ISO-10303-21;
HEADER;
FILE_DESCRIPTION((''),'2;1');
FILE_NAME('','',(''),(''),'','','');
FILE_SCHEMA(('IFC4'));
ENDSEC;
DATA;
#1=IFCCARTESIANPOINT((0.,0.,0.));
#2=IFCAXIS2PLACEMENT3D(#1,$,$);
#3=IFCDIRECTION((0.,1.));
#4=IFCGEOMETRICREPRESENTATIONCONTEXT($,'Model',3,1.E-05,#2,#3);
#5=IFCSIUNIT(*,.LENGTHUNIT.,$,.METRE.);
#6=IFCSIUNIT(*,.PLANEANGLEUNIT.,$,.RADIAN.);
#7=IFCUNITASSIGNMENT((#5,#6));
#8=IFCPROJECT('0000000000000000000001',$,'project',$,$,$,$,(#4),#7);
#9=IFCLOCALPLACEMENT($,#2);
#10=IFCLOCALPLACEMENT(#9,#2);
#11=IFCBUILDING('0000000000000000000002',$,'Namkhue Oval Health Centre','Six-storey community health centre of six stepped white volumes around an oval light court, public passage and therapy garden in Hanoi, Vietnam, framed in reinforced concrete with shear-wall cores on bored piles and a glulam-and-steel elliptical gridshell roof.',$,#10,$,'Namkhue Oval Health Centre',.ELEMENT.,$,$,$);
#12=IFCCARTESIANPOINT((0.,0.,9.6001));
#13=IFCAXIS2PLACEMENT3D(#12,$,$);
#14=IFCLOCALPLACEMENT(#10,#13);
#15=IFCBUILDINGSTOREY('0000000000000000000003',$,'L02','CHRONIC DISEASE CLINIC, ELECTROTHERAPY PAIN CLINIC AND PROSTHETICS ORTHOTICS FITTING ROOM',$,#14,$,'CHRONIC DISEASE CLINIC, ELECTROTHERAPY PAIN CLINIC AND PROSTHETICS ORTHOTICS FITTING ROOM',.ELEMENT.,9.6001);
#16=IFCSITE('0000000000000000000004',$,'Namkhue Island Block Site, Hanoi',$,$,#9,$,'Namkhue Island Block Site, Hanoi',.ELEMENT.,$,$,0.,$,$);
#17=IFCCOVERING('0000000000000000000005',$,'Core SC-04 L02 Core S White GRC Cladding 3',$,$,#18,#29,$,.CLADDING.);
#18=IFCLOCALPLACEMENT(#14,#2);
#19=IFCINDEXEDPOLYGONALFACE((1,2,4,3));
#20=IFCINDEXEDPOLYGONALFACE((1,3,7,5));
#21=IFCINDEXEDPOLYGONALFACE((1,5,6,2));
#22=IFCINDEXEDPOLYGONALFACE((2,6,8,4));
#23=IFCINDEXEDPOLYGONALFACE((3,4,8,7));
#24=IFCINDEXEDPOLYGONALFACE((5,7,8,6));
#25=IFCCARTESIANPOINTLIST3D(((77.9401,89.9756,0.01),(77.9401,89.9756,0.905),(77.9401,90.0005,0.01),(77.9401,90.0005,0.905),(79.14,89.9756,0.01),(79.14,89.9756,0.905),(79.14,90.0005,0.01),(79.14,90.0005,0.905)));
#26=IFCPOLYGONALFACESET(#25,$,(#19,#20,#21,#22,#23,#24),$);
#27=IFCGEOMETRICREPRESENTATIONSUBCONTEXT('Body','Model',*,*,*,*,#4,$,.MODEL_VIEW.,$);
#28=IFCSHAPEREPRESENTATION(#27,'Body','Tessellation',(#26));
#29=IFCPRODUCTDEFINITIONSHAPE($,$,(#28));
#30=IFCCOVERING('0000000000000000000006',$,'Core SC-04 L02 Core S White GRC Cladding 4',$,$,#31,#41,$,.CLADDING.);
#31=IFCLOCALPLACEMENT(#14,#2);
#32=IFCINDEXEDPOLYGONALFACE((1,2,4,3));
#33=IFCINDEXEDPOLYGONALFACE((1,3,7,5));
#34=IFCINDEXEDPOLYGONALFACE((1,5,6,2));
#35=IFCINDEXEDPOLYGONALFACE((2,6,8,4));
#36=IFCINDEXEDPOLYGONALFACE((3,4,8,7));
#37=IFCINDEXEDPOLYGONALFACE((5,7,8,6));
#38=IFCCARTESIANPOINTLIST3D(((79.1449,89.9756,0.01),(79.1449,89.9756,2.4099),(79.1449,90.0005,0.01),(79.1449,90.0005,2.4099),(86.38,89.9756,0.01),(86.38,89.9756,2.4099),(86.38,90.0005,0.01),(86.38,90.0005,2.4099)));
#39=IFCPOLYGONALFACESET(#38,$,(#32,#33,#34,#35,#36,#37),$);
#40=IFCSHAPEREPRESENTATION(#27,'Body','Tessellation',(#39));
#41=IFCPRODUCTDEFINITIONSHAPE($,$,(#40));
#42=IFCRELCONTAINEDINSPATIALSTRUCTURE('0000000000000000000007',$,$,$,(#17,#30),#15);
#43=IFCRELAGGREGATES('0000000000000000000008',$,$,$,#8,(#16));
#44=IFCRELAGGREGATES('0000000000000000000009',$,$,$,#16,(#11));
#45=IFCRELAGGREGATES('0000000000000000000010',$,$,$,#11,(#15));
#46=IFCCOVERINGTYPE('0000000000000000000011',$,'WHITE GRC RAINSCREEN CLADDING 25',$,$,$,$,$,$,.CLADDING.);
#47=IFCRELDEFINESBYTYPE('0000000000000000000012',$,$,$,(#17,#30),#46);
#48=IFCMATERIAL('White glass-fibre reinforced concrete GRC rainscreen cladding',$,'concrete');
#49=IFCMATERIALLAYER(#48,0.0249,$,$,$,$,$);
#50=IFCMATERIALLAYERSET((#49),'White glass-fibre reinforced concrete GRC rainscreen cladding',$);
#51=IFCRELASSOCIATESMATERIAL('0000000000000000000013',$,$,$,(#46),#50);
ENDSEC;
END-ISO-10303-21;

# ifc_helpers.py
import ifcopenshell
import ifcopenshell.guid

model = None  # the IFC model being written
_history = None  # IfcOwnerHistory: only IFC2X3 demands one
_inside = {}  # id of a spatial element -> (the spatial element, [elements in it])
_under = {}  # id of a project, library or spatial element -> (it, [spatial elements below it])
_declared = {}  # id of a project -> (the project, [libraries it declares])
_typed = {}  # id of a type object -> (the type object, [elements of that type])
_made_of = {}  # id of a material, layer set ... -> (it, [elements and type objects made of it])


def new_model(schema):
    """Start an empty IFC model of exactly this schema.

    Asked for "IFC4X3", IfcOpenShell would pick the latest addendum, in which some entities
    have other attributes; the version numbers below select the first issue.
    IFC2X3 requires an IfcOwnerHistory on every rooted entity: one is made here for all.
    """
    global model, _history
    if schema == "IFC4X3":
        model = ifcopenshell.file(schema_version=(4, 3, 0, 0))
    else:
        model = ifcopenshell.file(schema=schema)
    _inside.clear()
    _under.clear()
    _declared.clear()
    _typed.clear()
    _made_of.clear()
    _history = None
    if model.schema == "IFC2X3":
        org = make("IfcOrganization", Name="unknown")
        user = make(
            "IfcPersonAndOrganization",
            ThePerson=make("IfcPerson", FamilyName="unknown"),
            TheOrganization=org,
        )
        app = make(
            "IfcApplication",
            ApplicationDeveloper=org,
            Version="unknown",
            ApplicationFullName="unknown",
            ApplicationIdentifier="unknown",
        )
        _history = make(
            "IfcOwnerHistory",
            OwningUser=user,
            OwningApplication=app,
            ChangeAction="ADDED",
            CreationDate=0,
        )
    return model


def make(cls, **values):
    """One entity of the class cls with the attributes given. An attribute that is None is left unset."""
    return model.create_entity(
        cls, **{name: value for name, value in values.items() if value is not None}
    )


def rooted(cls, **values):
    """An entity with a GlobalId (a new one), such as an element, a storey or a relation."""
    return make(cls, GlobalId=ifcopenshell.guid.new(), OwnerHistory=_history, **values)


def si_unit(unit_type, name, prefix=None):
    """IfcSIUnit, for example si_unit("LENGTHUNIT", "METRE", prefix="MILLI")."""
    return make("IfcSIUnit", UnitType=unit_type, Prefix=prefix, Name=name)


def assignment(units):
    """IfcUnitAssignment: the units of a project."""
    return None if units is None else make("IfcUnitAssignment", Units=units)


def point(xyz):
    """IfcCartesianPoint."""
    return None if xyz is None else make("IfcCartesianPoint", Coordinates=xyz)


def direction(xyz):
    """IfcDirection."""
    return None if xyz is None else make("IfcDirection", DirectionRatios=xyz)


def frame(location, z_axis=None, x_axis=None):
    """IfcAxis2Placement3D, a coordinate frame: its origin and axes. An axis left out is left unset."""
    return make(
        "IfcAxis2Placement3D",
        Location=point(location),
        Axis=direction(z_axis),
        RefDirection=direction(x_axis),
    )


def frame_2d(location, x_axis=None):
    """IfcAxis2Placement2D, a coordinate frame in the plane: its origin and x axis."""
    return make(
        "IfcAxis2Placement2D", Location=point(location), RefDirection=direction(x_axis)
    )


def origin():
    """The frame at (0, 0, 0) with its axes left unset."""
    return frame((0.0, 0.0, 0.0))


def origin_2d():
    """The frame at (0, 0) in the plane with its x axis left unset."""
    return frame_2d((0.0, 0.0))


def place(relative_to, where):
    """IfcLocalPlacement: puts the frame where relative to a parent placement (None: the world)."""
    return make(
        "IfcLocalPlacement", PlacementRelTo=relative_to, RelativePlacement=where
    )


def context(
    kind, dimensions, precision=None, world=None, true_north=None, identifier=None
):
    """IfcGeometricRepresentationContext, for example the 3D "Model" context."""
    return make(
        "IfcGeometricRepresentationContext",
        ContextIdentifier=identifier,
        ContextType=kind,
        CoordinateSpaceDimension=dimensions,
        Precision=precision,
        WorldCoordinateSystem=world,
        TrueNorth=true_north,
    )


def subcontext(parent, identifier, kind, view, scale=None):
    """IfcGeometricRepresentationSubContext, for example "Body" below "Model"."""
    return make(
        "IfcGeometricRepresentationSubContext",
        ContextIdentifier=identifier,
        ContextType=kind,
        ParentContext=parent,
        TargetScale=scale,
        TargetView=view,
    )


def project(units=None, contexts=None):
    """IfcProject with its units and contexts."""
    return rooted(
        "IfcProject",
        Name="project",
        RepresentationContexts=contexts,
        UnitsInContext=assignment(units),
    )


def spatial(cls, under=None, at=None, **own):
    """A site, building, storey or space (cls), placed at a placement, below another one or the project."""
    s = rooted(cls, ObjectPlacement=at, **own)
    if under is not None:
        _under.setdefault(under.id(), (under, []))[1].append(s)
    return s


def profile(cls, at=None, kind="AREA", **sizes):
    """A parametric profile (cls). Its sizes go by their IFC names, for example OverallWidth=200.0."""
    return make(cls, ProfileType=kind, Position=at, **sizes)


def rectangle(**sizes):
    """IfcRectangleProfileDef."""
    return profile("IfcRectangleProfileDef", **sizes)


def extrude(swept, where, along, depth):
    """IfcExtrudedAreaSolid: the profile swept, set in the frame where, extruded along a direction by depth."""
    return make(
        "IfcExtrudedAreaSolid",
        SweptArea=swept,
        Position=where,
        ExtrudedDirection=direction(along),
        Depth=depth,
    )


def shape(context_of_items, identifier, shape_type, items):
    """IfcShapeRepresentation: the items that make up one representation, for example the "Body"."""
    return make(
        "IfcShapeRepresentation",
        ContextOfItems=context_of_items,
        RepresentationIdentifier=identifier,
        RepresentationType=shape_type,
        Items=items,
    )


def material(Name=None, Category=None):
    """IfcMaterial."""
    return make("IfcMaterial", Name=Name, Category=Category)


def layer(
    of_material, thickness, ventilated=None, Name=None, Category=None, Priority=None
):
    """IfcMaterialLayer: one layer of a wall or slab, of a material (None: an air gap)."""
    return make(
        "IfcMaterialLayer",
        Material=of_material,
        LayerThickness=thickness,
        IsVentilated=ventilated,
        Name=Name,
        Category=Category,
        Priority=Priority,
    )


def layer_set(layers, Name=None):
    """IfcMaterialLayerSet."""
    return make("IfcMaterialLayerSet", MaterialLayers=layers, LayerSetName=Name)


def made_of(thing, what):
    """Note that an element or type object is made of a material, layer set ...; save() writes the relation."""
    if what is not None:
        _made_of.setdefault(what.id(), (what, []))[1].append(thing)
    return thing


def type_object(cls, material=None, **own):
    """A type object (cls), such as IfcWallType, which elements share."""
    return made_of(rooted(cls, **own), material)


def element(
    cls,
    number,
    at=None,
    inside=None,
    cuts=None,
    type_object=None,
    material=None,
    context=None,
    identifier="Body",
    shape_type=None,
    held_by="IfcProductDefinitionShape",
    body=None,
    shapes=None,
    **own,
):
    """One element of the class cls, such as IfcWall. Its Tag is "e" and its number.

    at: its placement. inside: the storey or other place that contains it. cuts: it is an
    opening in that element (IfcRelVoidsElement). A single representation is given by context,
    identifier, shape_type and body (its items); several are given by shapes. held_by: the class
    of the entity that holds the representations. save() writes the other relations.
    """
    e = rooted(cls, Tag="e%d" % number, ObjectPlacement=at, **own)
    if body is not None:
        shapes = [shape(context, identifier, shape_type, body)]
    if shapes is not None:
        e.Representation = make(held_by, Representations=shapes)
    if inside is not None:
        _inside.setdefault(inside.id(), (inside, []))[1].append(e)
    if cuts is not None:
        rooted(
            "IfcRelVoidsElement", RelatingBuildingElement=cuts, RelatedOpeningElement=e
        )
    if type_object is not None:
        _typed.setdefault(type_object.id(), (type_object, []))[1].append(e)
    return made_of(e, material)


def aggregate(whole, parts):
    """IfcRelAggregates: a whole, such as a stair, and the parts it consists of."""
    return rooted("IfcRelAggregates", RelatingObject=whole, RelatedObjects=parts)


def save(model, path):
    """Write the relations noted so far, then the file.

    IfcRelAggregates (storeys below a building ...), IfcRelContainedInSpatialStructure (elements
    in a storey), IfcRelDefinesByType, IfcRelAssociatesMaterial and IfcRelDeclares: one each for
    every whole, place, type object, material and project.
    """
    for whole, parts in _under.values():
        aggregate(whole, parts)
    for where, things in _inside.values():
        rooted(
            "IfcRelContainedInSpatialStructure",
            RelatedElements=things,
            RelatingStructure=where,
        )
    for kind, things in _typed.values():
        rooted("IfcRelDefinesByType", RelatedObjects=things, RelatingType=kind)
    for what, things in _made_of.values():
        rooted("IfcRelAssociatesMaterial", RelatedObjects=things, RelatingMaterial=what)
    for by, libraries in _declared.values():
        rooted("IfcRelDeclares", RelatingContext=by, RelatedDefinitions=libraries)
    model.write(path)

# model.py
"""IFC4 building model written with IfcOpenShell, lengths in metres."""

from ifc_helpers import new_model, si_unit, direction, frame, origin, origin_2d, place, context, subcontext, project, spatial, rectangle, extrude, material, layer, layer_set, type_object, element, save


model = new_model("IFC4")

# Units and contexts
model_context = context("Model", 3, precision=1e-05, world=origin(), true_north=direction((0.0, 1.0)))
body_context = subcontext(model_context, "Body", "Model", "MODEL_VIEW")
ifc_project = project(units=[si_unit("LENGTHUNIT", "METRE"), si_unit("PLANEANGLEUNIT", "RADIAN")], contexts=[model_context])

# Site, building, storey
site_placement = place(None, origin())
site = spatial("IfcSite", under=ifc_project, at=site_placement, Name="Namkhue Island Block Site, Hanoi", LongName="Namkhue Island Block Site, Hanoi", CompositionType="ELEMENT", RefElevation=0.0)
building_placement = place(site_placement, origin())
building = spatial("IfcBuilding", under=site, at=building_placement, Name="Namkhue Oval Health Centre", Description="Six-storey community health centre of six stepped white volumes around an oval light court, public passage and therapy garden in Hanoi, Vietnam, framed in reinforced concrete with shear-wall cores on bored piles and a glulam-and-steel elliptical gridshell roof.", LongName="Namkhue Oval Health Centre", CompositionType="ELEMENT")
storey_placement = place(building_placement, frame((0.0, 0.0, 9.6001)))
storey = spatial("IfcBuildingStorey", under=building, at=storey_placement, Name="L02", Description="CHRONIC DISEASE CLINIC, ELECTROTHERAPY PAIN CLINIC AND PROSTHETICS ORTHOTICS FITTING ROOM", LongName="CHRONIC DISEASE CLINIC, ELECTROTHERAPY PAIN CLINIC AND PROSTHETICS ORTHOTICS FITTING ROOM", CompositionType="ELEMENT", Elevation=9.6001)

# Coverings
ifc_material_1 = material(Name="White glass-fibre reinforced concrete GRC rainscreen cladding", Category="concrete")
ifc_layer_1 = layer(ifc_material_1, 0.0249)
ifc_layer_set_1 = layer_set([ifc_layer_1], Name="White glass-fibre reinforced concrete GRC rainscreen cladding")
covering_type = type_object("IfcCoveringType", Name="WHITE GRC RAINSCREEN CLADDING 25", PredefinedType="CLADDING", material=ifc_layer_set_1)
covering_1_placement = place(storey_placement, frame((78.54, 89.988, 0.01), z_axis=(0.0, 0.0, 1.0), x_axis=(1.0, 0.0, 0.0)))
element("IfcCovering", 1, at=covering_1_placement, inside=storey, type_object=covering_type, Name="Core SC-04 L02 Core S White GRC Cladding 3", PredefinedType="CLADDING", context=body_context, shape_type="SweptSolid", body=[
    extrude(rectangle(XDim=1.2, YDim=0.0249, at=origin_2d()), origin(), (0.0, 0.0, 1.0), 0.895),
])
covering_2_placement = place(storey_placement, frame((82.7625, 89.988, 0.01), z_axis=(0.0, 0.0, 1.0), x_axis=(1.0, 0.0, 0.0)))
element("IfcCovering", 2, at=covering_2_placement, inside=storey, type_object=covering_type, Name="Core SC-04 L02 Core S White GRC Cladding 4", PredefinedType="CLADDING", context=body_context, shape_type="SweptSolid", body=[
    extrude(rectangle(XDim=7.2351, YDim=0.0249, at=origin_2d()), origin(), (0.0, 0.0, 1.0), 2.3999),
])

save(model, "model.ifc")
